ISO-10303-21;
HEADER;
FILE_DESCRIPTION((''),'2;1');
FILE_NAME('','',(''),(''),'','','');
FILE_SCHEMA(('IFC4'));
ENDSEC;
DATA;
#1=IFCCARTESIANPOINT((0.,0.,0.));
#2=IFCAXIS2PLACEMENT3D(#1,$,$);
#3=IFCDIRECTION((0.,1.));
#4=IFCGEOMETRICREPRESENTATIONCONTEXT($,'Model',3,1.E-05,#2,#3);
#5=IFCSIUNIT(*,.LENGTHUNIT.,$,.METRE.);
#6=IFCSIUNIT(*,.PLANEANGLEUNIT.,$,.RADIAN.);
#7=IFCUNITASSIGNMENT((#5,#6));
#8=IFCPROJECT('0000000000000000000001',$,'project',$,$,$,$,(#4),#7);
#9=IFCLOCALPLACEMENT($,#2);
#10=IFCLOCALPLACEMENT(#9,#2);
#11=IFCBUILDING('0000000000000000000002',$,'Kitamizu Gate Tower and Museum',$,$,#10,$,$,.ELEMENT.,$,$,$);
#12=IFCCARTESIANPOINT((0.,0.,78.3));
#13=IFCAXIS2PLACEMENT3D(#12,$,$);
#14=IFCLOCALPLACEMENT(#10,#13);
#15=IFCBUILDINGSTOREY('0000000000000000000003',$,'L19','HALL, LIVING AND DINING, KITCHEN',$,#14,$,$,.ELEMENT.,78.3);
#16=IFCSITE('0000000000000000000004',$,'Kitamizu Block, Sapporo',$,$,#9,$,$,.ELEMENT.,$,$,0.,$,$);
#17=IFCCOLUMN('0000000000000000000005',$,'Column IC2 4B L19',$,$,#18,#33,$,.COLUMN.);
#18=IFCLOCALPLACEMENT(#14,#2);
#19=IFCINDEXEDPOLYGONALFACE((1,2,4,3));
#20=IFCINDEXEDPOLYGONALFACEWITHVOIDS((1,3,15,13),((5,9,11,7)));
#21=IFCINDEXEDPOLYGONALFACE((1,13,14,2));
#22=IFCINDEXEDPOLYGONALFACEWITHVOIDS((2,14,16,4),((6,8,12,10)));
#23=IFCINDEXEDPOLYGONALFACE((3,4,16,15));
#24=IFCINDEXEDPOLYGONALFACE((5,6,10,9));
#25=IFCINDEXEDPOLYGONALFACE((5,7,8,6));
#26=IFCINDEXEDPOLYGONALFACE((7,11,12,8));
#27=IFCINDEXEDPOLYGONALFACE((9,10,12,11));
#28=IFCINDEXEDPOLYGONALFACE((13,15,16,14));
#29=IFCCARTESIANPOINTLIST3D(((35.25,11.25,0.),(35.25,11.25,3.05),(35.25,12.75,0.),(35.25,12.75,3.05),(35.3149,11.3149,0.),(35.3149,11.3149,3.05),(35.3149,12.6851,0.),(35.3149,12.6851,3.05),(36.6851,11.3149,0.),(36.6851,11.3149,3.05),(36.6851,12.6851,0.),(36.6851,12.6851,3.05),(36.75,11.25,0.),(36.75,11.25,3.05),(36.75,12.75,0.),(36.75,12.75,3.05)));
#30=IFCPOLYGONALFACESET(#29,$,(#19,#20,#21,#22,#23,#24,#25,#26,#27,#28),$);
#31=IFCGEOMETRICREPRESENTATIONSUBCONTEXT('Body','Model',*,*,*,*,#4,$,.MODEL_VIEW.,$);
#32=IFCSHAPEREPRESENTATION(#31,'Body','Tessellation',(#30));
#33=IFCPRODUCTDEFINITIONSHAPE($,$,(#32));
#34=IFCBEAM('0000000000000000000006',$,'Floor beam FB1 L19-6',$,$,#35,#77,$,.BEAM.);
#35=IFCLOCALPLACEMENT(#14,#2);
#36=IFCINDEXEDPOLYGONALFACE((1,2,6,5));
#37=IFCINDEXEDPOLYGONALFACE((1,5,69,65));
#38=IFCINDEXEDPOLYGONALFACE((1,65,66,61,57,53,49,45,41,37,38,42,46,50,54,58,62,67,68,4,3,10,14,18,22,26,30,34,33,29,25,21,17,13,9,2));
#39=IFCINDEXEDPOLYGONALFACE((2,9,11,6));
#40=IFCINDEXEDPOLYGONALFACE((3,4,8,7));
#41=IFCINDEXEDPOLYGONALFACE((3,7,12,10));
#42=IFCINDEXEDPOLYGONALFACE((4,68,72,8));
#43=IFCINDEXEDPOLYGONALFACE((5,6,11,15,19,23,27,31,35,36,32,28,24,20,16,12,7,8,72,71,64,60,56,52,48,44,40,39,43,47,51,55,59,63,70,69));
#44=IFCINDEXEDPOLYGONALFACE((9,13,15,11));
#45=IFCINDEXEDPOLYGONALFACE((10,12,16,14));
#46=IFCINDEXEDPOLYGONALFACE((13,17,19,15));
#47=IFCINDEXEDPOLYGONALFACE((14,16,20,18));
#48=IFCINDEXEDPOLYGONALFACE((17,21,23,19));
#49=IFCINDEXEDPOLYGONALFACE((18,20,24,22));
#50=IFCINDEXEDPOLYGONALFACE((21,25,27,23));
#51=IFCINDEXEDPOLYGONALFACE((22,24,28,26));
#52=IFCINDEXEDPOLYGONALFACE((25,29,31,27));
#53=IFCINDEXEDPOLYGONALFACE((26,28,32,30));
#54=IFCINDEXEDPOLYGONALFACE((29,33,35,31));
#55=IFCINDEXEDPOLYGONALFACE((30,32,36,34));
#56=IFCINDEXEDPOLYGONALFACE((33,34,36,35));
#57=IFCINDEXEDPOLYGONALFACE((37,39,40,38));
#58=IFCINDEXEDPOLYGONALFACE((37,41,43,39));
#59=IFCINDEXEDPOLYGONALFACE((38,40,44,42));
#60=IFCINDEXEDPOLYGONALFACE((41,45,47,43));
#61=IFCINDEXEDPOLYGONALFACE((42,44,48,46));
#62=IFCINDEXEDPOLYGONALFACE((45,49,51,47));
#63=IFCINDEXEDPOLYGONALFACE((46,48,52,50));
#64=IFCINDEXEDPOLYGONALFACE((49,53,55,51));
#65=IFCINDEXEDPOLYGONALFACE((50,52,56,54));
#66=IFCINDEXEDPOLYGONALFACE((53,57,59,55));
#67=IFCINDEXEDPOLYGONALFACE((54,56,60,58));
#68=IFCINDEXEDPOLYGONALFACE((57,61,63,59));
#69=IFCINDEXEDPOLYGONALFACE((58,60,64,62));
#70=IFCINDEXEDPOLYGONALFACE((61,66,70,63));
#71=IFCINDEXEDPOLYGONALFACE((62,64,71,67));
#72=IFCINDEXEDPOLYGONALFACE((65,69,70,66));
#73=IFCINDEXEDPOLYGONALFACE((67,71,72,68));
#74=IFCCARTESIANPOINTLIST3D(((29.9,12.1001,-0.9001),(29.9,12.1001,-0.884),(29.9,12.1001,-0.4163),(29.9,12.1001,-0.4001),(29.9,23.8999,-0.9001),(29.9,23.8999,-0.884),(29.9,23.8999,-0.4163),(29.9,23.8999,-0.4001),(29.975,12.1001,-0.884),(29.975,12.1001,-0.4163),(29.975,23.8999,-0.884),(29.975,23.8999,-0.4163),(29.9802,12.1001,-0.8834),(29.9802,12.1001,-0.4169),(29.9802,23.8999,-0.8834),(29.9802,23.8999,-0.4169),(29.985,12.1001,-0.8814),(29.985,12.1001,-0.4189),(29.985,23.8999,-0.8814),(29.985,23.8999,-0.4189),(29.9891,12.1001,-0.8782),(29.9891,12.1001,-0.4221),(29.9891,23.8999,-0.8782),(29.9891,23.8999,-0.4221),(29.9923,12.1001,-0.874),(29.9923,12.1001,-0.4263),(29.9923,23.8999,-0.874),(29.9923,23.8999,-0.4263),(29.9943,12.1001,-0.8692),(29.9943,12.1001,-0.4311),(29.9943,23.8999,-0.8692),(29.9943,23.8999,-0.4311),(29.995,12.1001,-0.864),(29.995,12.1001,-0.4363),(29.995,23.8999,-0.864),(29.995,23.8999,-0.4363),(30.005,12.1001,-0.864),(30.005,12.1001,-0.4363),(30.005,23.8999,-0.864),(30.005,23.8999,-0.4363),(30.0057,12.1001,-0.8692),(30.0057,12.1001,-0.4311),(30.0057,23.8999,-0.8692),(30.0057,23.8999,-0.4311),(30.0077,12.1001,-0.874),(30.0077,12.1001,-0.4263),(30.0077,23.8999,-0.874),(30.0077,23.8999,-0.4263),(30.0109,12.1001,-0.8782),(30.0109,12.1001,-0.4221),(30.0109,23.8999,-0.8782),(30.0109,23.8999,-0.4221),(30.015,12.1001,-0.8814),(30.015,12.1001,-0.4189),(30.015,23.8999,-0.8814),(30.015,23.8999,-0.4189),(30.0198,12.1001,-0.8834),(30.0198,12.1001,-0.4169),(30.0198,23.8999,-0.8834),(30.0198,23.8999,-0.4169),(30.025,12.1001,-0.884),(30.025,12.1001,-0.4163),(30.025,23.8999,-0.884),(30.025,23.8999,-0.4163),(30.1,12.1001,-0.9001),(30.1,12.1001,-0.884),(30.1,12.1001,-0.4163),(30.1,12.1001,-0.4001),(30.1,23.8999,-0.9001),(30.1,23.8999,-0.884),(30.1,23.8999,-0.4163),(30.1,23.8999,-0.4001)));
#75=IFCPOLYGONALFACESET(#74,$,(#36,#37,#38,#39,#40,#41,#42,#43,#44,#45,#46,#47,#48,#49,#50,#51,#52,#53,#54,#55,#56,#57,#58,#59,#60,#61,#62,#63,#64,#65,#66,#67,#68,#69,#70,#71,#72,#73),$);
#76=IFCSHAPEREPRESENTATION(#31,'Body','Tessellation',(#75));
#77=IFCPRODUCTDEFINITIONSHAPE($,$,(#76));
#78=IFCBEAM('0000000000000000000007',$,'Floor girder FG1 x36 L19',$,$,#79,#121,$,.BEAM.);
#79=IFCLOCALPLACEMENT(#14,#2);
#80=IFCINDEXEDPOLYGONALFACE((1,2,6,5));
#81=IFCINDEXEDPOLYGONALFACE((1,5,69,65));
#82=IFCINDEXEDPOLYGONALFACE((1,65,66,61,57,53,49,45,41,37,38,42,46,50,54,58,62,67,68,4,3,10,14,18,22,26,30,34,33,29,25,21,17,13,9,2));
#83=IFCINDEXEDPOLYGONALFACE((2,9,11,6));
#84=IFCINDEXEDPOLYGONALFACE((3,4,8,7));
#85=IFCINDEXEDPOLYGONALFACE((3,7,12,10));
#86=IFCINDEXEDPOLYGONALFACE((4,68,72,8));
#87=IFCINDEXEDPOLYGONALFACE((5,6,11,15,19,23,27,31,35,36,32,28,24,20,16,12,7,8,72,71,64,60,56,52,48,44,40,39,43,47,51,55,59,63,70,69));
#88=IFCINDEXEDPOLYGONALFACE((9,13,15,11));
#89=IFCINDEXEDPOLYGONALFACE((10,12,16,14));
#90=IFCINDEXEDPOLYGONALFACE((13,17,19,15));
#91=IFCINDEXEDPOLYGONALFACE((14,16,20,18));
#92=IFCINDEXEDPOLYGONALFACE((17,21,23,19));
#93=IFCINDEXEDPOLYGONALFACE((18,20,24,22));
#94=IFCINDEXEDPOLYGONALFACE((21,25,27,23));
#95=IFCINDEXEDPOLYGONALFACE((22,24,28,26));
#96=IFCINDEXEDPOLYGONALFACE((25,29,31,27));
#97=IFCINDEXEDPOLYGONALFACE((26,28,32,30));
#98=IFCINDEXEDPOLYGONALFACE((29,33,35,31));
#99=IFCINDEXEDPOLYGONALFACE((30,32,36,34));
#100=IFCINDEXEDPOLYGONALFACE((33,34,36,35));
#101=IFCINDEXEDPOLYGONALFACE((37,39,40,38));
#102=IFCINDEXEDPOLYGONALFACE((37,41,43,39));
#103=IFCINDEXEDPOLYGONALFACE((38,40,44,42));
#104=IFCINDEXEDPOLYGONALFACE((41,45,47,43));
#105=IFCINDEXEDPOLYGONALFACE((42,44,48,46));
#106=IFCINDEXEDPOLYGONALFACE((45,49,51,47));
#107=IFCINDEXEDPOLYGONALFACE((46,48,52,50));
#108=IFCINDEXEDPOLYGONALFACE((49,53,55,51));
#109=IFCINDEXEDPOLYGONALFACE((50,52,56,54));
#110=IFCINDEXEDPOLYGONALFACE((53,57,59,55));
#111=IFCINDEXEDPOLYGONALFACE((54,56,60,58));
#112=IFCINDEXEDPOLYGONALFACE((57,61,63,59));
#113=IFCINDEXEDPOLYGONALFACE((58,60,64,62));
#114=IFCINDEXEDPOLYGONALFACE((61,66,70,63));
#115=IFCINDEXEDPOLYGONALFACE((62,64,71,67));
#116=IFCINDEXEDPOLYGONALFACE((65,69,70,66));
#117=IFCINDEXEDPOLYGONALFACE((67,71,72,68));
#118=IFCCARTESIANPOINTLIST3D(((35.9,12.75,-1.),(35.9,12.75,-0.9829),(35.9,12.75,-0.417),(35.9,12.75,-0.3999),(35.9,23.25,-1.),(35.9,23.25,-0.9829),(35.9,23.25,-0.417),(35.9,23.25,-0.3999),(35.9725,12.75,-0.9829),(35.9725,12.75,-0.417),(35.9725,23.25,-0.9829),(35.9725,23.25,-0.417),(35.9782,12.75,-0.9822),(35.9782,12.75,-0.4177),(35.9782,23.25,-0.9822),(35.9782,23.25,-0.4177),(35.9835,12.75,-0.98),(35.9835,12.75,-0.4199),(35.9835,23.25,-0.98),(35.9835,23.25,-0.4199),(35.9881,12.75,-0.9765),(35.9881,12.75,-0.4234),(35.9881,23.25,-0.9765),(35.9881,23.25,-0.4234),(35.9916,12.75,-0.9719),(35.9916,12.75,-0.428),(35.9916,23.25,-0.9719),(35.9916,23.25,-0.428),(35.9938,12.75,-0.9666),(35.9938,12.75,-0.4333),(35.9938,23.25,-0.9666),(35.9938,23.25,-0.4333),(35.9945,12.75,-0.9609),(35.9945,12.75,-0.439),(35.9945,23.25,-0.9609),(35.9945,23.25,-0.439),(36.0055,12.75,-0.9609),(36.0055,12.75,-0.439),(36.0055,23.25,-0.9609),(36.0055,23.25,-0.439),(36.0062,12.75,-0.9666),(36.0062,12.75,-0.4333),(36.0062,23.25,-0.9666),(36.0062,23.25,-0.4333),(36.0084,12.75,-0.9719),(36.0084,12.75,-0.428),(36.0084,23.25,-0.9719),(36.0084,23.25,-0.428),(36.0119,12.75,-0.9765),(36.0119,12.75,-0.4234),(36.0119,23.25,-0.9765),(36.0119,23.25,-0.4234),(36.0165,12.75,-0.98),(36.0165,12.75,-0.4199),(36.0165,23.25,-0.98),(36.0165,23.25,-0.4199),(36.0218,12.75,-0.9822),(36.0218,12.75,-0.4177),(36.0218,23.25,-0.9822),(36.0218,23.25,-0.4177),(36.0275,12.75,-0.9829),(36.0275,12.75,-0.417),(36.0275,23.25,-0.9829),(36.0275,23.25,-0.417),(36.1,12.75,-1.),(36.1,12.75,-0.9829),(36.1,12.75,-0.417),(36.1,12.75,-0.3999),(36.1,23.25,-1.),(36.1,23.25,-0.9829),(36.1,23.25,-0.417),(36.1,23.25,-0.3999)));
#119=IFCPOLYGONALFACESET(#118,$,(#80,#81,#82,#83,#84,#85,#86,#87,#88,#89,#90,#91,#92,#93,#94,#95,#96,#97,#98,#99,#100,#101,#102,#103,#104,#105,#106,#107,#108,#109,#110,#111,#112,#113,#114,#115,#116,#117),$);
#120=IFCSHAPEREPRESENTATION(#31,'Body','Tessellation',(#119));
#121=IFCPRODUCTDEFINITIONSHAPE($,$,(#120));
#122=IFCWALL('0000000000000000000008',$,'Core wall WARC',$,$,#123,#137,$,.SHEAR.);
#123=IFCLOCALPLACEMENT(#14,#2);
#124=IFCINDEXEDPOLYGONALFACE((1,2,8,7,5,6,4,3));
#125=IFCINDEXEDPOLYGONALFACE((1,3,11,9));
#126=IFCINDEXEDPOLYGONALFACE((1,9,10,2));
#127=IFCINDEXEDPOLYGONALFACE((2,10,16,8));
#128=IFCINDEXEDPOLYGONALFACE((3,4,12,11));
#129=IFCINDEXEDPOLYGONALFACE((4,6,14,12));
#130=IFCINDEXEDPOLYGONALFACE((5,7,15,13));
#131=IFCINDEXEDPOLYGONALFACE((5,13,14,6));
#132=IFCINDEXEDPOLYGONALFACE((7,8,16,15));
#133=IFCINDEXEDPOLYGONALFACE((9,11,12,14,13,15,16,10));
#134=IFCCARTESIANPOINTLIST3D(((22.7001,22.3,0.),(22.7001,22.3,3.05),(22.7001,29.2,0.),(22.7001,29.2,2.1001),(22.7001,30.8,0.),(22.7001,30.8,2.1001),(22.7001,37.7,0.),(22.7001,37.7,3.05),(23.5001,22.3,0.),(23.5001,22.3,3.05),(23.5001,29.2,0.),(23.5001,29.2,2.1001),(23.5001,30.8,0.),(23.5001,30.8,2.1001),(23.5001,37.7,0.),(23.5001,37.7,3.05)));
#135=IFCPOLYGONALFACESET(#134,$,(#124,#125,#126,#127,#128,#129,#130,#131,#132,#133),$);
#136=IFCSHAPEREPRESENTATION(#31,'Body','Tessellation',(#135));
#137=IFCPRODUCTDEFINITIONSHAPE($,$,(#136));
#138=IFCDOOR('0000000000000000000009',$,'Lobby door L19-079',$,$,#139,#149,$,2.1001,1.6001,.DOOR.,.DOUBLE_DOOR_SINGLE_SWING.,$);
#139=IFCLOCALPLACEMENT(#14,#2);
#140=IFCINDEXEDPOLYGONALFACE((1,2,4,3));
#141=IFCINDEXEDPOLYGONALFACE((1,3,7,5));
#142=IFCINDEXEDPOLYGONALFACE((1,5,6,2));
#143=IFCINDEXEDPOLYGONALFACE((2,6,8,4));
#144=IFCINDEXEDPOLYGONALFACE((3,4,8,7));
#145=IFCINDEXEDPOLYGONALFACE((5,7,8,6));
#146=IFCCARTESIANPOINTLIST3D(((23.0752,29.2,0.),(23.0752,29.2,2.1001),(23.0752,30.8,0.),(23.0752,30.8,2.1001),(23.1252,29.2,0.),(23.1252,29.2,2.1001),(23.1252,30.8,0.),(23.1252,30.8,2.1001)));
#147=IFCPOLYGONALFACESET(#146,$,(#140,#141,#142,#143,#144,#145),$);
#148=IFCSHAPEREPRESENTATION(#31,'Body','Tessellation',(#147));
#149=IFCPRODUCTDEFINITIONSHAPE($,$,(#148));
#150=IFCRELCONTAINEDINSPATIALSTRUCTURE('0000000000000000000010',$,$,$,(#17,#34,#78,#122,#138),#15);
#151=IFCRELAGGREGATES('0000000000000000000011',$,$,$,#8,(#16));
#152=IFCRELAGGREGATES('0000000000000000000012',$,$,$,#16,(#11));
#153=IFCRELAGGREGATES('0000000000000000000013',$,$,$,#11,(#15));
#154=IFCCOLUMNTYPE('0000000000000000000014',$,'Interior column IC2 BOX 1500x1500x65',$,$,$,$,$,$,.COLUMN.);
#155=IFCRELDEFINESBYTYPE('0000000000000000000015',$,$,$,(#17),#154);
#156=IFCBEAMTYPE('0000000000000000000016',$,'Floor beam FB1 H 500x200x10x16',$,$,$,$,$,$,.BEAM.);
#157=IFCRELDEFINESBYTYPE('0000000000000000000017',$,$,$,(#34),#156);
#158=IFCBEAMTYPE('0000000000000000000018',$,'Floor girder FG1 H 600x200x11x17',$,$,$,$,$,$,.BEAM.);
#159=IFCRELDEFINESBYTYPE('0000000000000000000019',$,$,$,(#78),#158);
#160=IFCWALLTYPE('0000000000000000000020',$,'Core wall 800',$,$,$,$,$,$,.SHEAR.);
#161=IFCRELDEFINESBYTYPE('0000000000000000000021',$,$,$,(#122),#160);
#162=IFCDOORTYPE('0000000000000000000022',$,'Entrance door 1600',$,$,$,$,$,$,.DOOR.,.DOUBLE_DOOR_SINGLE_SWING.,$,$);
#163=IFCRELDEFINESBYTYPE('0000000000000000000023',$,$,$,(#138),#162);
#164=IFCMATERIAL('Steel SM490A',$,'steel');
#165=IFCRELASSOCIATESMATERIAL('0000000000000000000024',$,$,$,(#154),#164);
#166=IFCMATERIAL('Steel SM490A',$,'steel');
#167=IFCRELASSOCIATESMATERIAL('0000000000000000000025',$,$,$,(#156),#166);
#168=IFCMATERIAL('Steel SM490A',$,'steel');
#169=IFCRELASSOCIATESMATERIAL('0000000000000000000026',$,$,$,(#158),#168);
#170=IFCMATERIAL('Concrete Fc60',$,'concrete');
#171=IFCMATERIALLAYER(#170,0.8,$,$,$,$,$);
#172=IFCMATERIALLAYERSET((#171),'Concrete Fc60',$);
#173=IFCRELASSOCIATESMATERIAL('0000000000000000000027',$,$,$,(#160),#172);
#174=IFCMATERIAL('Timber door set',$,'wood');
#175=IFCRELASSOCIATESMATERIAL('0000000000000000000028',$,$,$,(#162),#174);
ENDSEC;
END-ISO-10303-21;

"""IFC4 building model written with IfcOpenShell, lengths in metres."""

from ifc_helpers import new_model, si_unit, direction, frame, frame_2d, origin, origin_2d, place, context, subcontext, project, spatial, rectangle, hollow_rectangle, i_section, extrude, material, layer, layer_set, material_profile, profile_set, type_object, element, fill, save


model = new_model("IFC4")

# Units and contexts
model_context = context("Model", 3, precision=1e-05, world=origin(), true_north=direction((0.0, 1.0)))
body_context = subcontext(model_context, "Body", "Model", "MODEL_VIEW")
ifc_project = project(units=[si_unit("LENGTHUNIT", "METRE"), si_unit("PLANEANGLEUNIT", "RADIAN")], contexts=[model_context])

# Site, building, storey
site_placement = place(None, origin())
site = spatial("IfcSite", under=ifc_project, at=site_placement, Name="Kitamizu Block, Sapporo", CompositionType="ELEMENT", RefElevation=0.0)
building_placement = place(site_placement, origin())
building = spatial("IfcBuilding", under=site, at=building_placement, Name="Kitamizu Gate Tower and Museum", CompositionType="ELEMENT")
storey_placement = place(building_placement, frame((0.0, 0.0, 78.3)))
storey = spatial("IfcBuildingStorey", under=building, at=storey_placement, Name="L19", Description="HALL, LIVING AND DINING, KITCHEN", CompositionType="ELEMENT", Elevation=78.3)

# Column
ifc_material_1 = material(Name="Steel SM490A", Category="steel")
ifc_material_profile_1 = material_profile(ifc_material_1, hollow_rectangle(XDim=1.5, YDim=1.5, WallThickness=0.0649, at=origin_2d()), Name="BOX 1500x1500x65")
ifc_profile_set_1 = profile_set([ifc_material_profile_1], Name="Steel SM490A")
column_type = type_object("IfcColumnType", Name="Interior column IC2 BOX 1500x1500x65", PredefinedType="COLUMN", material=ifc_profile_set_1)
column_placement = place(storey_placement, frame((36.0, 12.0, 0.0), z_axis=(0.0, 0.0, 1.0), x_axis=(1.0, 0.0, 0.0)))
element("IfcColumn", 1, at=column_placement, inside=storey, type_object=column_type, Name="Column IC2 4B L19", PredefinedType="COLUMN", context=body_context, shape_type="SweptSolid", body=[
    extrude(hollow_rectangle(XDim=1.5, YDim=1.5, WallThickness=0.0649, at=origin_2d()), origin(), (0.0, 0.0, 1.0), 3.05),
])

# Beams
ifc_material_2 = material(Name="Steel SM490A", Category="steel")
ifc_material_profile_2 = material_profile(ifc_material_2, i_section(OverallWidth=0.2, OverallDepth=0.5, WebThickness=0.01, FlangeThickness=0.0161, FilletRadius=0.02, at=origin_2d()), Name="H-500x200x10x16")
ifc_profile_set_2 = profile_set([ifc_material_profile_2], Name="Steel SM490A")
beam_type_1 = type_object("IfcBeamType", Name="Floor beam FB1 H 500x200x10x16", PredefinedType="BEAM", material=ifc_profile_set_2)
beam_1_placement = place(storey_placement, frame((30.0, 12.1001, -0.6501), z_axis=(0.0, 1.0, 0.0), x_axis=(-1.0, 0.0, 0.0)))
element("IfcBeam", 2, at=beam_1_placement, inside=storey, type_object=beam_type_1, Name="Floor beam FB1 L19-6", PredefinedType="BEAM", context=body_context, shape_type="SweptSolid", body=[
    extrude(i_section(OverallWidth=0.2, OverallDepth=0.5, WebThickness=0.01, FlangeThickness=0.0161, FilletRadius=0.02, at=origin_2d()), origin(), (0.0, 0.0, 1.0), 11.7998),
])
ifc_material_3 = material(Name="Steel SM490A", Category="steel")
ifc_material_profile_3 = material_profile(ifc_material_3, i_section(OverallWidth=0.2, OverallDepth=0.6001, WebThickness=0.011, FlangeThickness=0.0171, FilletRadius=0.022, at=origin_2d()), Name="H-600x200x11x17")
ifc_profile_set_3 = profile_set([ifc_material_profile_3], Name="Steel SM490A")
beam_type_2 = type_object("IfcBeamType", Name="Floor girder FG1 H 600x200x11x17", PredefinedType="BEAM", material=ifc_profile_set_3)
beam_2_placement = place(storey_placement, frame((36.0, 12.75, -0.7), z_axis=(0.0, 1.0, 0.0), x_axis=(-1.0, 0.0, 0.0)))
element("IfcBeam", 3, at=beam_2_placement, inside=storey, type_object=beam_type_2, Name="Floor girder FG1 x36 L19", PredefinedType="BEAM", context=body_context, shape_type="SweptSolid", body=[
    extrude(i_section(OverallWidth=0.2, OverallDepth=0.6001, WebThickness=0.011, FlangeThickness=0.0171, FilletRadius=0.022, at=origin_2d()), origin(), (0.0, 0.0, 1.0), 10.5),
])

# Wall, opening, door
ifc_material_4 = material(Name="Concrete Fc60", Category="concrete")
ifc_layer_1 = layer(ifc_material_4, 0.8)
ifc_layer_set_1 = layer_set([ifc_layer_1], Name="Concrete Fc60")
wall_type_1 = type_object("IfcWallType", Name="Core wall 800", PredefinedType="SHEAR", material=ifc_layer_set_1)
wall_1_placement = place(storey_placement, frame((23.1001, 22.3, 0.0), z_axis=(0.0, 0.0, 1.0), x_axis=(0.0, 1.0, 0.0)))
wall_1 = element("IfcWall", 4, at=wall_1_placement, inside=storey, type_object=wall_type_1, Name="Core wall WARC", PredefinedType="SHEAR", context=body_context, shape_type="SweptSolid", body=[
    extrude(rectangle(XDim=15.3999, YDim=0.8, at=frame_2d((7.7, 0.0))), origin(), (0.0, 0.0, 1.0), 3.05),
])
opening_1_placement = place(wall_1_placement, frame((6.8999, 0.0, 0.0)))
opening_1 = element("IfcOpeningElement", 5, at=opening_1_placement, cuts=wall_1, PredefinedType="OPENING", context=body_context, shape_type="SweptSolid", body=[
    extrude(rectangle(XDim=1.6001, YDim=2.1001, at=frame_2d((0.8, 1.05))), frame((0.0, 0.4102, 0.0), z_axis=(0.0, -1.0, 0.0), x_axis=(1.0, 0.0, 0.0)), (0.0, 0.0, 1.0), 0.8201),
])
ifc_material_5 = material(Name="Timber door set", Category="wood")
door_type_1 = type_object("IfcDoorType", Name="Entrance door 1600", OperationType="DOUBLE_DOOR_SINGLE_SWING", PredefinedType="DOOR", material=ifc_material_5)
door_1_placement = place(opening_1_placement, origin())
door_1 = element("IfcDoor", 6, at=door_1_placement, inside=storey, type_object=door_type_1, Name="Lobby door L19-079", OperationType="DOUBLE_DOOR_SINGLE_SWING", OverallHeight=2.1001, OverallWidth=1.6001, PredefinedType="DOOR", context=body_context, shape_type="SweptSolid", body=[
    extrude(rectangle(XDim=1.6001, YDim=2.1001, at=frame_2d((0.8, 1.05))), frame((0.0, 0.0249, 0.0), z_axis=(0.0, -1.0, 0.0), x_axis=(1.0, 0.0, 0.0)), (0.0, 0.0, 1.0), 0.05),
])
fill(opening_1, door_1)

save(model, "model.ifc")
